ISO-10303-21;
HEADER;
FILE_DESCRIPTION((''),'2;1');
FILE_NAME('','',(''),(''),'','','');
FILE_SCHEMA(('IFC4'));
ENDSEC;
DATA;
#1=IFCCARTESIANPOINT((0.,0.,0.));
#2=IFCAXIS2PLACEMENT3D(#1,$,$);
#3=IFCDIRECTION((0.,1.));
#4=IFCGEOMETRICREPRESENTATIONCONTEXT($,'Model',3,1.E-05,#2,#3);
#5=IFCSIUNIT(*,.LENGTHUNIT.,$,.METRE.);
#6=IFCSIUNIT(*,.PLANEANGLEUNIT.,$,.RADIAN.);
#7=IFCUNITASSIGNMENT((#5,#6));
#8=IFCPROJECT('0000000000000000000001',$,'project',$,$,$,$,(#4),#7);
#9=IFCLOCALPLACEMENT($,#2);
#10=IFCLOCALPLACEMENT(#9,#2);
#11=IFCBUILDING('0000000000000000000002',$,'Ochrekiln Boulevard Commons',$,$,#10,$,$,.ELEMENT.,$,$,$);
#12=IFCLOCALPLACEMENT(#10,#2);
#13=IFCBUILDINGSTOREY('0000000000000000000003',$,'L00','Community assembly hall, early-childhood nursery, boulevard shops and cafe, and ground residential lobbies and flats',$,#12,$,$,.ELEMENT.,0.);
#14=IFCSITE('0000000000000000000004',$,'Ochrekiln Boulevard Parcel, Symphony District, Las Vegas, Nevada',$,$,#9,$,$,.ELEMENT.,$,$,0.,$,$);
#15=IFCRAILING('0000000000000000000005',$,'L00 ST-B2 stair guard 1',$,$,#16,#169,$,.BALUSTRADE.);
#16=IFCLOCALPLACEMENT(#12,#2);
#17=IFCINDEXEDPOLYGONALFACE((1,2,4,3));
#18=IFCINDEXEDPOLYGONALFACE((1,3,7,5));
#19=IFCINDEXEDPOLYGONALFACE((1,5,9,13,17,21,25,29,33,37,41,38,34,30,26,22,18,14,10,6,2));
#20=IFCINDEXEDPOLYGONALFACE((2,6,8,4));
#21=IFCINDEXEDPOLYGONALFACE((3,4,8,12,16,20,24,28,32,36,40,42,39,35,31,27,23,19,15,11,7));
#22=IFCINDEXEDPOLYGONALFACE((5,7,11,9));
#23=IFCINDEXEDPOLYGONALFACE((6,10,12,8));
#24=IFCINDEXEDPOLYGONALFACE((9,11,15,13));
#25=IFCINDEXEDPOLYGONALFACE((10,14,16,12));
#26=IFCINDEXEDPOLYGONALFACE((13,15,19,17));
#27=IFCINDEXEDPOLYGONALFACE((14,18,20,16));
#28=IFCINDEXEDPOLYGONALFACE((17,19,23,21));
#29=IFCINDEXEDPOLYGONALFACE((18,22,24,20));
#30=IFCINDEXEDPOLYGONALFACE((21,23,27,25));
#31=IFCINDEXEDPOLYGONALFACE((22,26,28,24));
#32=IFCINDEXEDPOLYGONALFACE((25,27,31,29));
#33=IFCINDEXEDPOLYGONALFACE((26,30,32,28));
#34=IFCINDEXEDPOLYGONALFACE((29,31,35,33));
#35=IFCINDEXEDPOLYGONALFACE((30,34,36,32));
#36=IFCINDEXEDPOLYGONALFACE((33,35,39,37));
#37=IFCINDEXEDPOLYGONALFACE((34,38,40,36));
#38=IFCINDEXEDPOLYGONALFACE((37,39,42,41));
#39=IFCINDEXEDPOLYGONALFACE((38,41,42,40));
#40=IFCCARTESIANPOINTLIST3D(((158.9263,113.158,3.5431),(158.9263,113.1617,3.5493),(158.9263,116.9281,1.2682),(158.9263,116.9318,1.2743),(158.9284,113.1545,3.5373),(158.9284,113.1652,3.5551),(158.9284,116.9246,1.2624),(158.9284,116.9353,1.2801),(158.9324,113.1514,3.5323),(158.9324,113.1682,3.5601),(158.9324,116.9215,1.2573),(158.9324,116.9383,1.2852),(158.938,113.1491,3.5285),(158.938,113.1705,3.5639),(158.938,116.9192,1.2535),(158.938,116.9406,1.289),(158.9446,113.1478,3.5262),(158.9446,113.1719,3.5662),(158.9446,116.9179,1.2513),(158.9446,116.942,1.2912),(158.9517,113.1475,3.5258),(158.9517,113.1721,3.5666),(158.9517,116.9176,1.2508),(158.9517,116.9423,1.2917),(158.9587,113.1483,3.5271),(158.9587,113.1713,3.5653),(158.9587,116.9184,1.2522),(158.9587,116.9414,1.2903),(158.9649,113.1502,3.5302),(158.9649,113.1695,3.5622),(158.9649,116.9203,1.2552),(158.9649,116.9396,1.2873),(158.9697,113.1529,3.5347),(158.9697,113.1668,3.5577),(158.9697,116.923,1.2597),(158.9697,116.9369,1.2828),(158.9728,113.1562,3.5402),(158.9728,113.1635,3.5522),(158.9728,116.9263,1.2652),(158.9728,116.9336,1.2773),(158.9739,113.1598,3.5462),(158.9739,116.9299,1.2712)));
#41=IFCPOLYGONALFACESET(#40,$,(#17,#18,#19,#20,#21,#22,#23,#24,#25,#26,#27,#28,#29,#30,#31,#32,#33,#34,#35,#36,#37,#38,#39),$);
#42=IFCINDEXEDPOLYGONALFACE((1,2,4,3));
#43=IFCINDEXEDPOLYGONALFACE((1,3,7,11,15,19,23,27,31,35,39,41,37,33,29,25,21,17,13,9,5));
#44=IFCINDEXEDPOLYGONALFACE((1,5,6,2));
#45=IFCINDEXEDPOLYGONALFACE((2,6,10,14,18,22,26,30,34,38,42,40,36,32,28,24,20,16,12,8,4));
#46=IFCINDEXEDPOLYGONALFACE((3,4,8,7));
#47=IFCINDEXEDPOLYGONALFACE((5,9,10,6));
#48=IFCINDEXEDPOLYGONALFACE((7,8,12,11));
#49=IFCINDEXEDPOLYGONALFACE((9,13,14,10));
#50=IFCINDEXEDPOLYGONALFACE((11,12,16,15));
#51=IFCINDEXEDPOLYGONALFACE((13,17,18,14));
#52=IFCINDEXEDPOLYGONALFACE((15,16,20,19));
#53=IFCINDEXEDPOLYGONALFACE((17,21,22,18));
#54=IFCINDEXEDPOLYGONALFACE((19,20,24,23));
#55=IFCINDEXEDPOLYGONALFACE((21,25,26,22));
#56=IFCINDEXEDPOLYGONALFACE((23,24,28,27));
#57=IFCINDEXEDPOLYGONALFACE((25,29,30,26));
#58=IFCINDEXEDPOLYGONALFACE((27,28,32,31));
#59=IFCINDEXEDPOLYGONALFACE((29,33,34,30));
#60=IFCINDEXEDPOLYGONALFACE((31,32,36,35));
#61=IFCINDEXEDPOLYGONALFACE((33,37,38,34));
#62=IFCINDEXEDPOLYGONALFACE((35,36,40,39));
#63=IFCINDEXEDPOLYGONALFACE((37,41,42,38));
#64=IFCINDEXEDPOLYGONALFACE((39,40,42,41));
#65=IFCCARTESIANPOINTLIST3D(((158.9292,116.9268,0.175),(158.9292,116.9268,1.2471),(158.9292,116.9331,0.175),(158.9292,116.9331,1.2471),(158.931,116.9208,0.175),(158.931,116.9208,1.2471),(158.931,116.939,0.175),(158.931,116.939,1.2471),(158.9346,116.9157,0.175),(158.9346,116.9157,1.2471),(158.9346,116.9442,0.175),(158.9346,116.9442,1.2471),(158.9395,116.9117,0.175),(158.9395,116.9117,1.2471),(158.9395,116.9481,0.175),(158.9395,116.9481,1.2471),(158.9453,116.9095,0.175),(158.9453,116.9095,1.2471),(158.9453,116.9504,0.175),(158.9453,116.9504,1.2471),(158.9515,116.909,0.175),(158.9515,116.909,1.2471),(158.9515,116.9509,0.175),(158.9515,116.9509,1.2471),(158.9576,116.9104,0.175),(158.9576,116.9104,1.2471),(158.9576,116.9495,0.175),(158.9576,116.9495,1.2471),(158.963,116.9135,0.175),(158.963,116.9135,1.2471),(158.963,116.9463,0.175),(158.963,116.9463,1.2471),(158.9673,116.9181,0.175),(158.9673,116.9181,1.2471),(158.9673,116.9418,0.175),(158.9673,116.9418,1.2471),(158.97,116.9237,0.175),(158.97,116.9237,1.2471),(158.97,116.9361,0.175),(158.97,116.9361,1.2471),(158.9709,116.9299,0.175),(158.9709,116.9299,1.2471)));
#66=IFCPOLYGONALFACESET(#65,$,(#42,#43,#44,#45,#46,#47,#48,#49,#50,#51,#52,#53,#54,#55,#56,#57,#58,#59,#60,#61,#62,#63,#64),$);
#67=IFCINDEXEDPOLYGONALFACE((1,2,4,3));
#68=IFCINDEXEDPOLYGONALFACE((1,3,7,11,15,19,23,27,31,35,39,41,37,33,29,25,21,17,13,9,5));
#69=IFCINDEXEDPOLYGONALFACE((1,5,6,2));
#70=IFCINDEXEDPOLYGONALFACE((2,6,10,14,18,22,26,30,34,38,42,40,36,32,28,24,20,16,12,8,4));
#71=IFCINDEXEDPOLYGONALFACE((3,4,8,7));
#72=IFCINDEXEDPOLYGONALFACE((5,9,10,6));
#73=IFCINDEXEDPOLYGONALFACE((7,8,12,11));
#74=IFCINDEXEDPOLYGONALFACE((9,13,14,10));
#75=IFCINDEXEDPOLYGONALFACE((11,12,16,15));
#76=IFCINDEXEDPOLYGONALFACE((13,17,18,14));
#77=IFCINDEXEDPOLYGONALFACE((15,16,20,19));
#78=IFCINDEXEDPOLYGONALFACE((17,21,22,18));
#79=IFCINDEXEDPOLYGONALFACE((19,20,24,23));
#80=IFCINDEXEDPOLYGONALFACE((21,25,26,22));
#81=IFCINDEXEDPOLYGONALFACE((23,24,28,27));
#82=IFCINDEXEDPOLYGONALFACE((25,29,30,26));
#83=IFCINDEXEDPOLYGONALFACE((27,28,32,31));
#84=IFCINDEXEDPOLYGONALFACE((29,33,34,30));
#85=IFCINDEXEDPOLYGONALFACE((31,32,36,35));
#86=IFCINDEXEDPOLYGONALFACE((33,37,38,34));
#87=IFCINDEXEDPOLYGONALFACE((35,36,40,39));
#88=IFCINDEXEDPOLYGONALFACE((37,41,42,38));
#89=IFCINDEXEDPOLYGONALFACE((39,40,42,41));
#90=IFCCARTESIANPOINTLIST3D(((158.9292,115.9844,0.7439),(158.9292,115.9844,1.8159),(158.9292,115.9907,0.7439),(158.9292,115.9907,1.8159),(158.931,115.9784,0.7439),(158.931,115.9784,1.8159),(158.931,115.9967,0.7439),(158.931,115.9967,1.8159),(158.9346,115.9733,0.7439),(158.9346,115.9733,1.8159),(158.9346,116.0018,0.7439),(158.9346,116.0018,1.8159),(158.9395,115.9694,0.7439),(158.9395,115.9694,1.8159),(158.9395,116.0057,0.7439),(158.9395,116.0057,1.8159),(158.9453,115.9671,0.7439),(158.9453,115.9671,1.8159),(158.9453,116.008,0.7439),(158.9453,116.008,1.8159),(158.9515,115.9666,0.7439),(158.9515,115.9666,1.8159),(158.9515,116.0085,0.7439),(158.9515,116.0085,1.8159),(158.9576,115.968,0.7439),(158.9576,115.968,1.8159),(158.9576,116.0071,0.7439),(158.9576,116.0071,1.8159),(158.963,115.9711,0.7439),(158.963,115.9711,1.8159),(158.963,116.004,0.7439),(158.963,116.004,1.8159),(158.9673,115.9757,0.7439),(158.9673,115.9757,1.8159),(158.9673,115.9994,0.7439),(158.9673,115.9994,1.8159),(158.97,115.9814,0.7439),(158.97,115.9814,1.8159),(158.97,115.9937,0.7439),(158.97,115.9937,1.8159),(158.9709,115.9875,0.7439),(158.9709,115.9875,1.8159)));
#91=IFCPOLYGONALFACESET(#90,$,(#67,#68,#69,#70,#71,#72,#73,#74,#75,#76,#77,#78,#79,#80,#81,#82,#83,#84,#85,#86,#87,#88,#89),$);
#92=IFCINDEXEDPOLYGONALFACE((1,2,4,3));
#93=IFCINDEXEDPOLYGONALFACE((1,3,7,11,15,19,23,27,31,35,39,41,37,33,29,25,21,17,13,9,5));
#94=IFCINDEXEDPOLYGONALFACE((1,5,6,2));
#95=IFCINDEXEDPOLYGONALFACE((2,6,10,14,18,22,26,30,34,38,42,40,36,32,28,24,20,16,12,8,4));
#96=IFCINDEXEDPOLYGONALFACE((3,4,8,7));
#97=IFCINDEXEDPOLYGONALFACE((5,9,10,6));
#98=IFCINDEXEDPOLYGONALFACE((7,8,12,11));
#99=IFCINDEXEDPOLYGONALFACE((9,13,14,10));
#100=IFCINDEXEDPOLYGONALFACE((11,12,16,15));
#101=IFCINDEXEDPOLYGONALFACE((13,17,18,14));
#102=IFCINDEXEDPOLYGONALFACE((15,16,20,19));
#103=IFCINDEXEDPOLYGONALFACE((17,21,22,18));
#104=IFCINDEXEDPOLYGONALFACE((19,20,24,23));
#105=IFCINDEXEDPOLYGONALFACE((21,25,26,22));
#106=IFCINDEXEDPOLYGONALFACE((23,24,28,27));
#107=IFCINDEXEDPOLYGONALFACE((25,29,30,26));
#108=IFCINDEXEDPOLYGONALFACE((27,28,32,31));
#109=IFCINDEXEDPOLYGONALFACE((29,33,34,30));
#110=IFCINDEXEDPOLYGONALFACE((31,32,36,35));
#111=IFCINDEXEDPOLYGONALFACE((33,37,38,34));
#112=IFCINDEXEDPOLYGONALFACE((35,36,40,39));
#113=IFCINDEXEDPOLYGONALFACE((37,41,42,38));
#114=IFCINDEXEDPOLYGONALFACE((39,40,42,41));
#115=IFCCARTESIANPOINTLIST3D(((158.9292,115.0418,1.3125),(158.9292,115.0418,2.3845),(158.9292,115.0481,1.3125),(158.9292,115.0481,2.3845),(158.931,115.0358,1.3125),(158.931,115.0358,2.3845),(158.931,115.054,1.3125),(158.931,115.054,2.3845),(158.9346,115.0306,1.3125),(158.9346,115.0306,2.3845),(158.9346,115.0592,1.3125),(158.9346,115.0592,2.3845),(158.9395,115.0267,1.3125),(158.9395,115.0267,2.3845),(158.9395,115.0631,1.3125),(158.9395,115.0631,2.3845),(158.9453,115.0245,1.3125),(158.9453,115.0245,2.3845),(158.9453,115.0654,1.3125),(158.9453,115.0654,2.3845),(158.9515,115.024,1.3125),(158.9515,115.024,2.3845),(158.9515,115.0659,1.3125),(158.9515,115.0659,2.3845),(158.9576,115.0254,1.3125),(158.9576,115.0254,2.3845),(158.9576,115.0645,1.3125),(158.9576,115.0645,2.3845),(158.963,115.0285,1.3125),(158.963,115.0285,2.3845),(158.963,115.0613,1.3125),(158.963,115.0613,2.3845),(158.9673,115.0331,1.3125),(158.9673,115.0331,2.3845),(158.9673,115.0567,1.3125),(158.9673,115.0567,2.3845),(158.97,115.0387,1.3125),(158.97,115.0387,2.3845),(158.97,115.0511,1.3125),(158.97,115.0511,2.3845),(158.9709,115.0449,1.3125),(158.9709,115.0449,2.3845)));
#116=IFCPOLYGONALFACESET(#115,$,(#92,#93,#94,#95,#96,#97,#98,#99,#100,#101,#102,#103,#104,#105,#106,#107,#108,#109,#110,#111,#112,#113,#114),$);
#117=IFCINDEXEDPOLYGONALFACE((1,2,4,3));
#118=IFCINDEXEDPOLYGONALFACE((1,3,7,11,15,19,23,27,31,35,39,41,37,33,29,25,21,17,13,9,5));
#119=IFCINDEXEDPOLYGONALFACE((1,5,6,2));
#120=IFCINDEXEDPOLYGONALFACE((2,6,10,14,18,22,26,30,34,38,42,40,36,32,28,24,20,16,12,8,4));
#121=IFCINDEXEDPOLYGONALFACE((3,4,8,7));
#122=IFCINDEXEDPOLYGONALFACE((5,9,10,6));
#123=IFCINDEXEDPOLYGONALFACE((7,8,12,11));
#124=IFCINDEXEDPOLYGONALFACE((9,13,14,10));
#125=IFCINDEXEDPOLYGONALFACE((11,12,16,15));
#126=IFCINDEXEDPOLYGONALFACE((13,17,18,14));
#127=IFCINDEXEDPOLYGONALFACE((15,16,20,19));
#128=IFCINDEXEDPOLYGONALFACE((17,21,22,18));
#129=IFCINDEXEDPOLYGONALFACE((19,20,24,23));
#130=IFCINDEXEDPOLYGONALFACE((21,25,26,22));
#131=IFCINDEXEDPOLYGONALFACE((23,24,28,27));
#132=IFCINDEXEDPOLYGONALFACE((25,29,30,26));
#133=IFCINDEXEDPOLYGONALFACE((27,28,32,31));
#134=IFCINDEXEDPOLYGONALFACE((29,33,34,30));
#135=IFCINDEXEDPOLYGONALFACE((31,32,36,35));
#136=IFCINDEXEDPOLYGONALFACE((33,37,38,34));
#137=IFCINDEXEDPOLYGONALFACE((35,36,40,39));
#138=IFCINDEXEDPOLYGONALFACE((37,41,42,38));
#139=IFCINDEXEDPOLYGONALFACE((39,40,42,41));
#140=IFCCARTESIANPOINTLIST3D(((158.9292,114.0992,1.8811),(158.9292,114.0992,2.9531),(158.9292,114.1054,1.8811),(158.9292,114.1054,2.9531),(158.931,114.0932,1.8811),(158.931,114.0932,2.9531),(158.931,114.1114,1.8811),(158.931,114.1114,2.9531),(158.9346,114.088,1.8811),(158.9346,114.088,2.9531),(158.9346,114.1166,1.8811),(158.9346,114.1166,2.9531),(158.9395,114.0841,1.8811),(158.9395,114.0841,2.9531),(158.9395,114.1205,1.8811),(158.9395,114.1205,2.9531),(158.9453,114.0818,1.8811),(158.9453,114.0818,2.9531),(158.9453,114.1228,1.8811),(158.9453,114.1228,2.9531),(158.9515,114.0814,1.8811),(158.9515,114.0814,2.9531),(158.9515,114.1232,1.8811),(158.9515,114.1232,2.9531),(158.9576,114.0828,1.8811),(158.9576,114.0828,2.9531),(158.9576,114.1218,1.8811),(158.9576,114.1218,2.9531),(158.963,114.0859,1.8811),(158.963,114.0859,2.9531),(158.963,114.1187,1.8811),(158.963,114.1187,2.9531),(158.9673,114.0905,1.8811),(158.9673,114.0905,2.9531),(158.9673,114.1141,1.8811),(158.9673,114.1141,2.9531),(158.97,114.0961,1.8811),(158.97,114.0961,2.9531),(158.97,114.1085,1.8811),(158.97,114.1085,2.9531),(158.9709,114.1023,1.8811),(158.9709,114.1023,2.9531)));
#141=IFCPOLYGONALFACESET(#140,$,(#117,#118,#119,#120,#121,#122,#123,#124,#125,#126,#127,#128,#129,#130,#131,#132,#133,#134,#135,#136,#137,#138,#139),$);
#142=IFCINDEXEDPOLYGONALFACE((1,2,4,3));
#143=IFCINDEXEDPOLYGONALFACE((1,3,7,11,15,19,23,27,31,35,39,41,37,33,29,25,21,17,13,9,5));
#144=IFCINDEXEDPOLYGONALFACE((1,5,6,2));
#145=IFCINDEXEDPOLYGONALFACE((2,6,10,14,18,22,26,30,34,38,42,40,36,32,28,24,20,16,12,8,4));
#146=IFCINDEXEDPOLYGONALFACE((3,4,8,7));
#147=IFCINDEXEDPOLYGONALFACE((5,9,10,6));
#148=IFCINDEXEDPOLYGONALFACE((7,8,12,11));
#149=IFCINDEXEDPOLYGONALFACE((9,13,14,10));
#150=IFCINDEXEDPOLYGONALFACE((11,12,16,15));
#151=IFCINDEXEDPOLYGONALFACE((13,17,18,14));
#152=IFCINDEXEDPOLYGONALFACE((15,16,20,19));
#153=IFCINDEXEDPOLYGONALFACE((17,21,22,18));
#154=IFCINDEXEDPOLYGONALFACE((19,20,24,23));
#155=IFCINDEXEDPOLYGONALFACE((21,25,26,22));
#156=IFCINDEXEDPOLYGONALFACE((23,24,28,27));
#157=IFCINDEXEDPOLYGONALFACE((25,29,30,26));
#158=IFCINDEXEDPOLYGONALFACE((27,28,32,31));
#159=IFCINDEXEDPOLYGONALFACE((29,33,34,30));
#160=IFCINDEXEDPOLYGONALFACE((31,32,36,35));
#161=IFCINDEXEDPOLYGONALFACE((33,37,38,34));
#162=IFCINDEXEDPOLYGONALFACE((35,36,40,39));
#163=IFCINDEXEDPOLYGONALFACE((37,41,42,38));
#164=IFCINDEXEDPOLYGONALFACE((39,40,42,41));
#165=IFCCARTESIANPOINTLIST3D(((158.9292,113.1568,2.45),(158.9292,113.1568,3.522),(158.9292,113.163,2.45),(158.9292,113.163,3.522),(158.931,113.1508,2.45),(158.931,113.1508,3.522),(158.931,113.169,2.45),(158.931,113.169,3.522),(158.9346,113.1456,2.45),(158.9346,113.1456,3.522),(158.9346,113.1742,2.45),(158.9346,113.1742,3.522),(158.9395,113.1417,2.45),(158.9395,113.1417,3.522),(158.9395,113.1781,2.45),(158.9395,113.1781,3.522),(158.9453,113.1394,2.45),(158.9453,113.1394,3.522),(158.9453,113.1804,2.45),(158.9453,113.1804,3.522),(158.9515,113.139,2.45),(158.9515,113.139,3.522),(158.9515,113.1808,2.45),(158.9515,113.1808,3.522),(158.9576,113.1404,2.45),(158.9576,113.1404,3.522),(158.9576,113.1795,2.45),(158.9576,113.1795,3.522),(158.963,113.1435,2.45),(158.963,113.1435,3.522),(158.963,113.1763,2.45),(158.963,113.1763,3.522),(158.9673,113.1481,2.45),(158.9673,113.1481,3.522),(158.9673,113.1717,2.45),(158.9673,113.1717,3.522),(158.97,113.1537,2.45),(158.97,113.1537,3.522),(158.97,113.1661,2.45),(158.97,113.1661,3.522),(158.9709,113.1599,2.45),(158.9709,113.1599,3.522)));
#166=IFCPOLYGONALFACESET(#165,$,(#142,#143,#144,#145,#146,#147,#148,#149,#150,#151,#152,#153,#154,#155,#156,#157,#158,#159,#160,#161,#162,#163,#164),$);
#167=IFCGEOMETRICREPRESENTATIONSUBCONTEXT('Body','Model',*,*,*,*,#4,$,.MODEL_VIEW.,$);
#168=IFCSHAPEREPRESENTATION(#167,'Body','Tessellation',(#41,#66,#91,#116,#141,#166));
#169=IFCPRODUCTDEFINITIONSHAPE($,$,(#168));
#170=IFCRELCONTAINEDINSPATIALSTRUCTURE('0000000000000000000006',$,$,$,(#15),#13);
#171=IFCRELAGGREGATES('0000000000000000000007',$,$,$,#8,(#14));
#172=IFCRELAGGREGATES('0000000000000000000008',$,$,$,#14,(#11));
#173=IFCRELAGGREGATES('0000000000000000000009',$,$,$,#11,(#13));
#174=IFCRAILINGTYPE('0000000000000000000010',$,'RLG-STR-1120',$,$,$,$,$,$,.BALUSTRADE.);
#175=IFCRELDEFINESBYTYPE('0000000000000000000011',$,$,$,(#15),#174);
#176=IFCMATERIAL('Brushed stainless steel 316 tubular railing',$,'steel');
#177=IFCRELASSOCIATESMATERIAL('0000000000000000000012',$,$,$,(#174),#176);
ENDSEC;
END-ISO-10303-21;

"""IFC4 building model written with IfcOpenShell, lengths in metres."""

from ifc_helpers import new_model, si_unit, direction, frame, origin, origin_2d, place, context, subcontext, project, spatial, circle, extrude, material, type_object, element, save


model = new_model("IFC4")

# Units and contexts
model_context = context("Model", 3, precision=1e-05, world=origin(), true_north=direction((0.0, 1.0)))
body_context = subcontext(model_context, "Body", "Model", "MODEL_VIEW")
ifc_project = project(units=[si_unit("LENGTHUNIT", "METRE"), si_unit("PLANEANGLEUNIT", "RADIAN")], contexts=[model_context])

# Site, building, storey
site_placement = place(None, origin())
site = spatial("IfcSite", under=ifc_project, at=site_placement, Name="Ochrekiln Boulevard Parcel, Symphony District, Las Vegas, Nevada", CompositionType="ELEMENT", RefElevation=0.0)
building_placement = place(site_placement, origin())
building = spatial("IfcBuilding", under=site, at=building_placement, Name="Ochrekiln Boulevard Commons", CompositionType="ELEMENT")
storey_placement = place(building_placement, origin())
storey = spatial("IfcBuildingStorey", under=building, at=storey_placement, Name="L00", Description="Community assembly hall, early-childhood nursery, boulevard shops and cafe, and ground residential lobbies and flats", CompositionType="ELEMENT", Elevation=0.0)

# Railing
ifc_material_1 = material(Name="Brushed stainless steel 316 tubular railing", Category="steel")
railing_type_1 = type_object("IfcRailingType", Name="RLG-STR-1120", PredefinedType="BALUSTRADE", material=ifc_material_1)
railing_1_placement = place(storey_placement, frame((158.95, 116.9299, 0.175)))
element("IfcRailing", 1, at=railing_1_placement, inside=storey, type_object=railing_type_1, Name="L00 ST-B2 stair guard 1", PredefinedType="BALUSTRADE", context=body_context, shape_type="SweptSolid", body=[
    extrude(circle(Radius=0.0239, at=origin_2d()), frame((0.0, 0.0, 1.0962), z_axis=(0.0, -0.856199, 0.516647), x_axis=(1.0, 0.0, 0.0)), (0.0, 0.0, 1.0), 4.4033),
    extrude(circle(Radius=0.021, at=origin_2d()), origin(), (0.0, 0.0, 1.0), 1.072),
    extrude(circle(Radius=0.021, at=origin_2d()), frame((0.0, -0.9424, 0.5688)), (0.0, 0.0, 1.0), 1.072),
    extrude(circle(Radius=0.021, at=origin_2d()), frame((0.0, -1.885, 1.1375)), (0.0, 0.0, 1.0), 1.072),
    extrude(circle(Radius=0.021, at=origin_2d()), frame((0.0, -2.8276, 1.7061)), (0.0, 0.0, 1.0), 1.072),
    extrude(circle(Radius=0.021, at=origin_2d()), frame((0.0, -3.77, 2.2749)), (0.0, 0.0, 1.0), 1.072),
])

save(model, "model.ifc")
